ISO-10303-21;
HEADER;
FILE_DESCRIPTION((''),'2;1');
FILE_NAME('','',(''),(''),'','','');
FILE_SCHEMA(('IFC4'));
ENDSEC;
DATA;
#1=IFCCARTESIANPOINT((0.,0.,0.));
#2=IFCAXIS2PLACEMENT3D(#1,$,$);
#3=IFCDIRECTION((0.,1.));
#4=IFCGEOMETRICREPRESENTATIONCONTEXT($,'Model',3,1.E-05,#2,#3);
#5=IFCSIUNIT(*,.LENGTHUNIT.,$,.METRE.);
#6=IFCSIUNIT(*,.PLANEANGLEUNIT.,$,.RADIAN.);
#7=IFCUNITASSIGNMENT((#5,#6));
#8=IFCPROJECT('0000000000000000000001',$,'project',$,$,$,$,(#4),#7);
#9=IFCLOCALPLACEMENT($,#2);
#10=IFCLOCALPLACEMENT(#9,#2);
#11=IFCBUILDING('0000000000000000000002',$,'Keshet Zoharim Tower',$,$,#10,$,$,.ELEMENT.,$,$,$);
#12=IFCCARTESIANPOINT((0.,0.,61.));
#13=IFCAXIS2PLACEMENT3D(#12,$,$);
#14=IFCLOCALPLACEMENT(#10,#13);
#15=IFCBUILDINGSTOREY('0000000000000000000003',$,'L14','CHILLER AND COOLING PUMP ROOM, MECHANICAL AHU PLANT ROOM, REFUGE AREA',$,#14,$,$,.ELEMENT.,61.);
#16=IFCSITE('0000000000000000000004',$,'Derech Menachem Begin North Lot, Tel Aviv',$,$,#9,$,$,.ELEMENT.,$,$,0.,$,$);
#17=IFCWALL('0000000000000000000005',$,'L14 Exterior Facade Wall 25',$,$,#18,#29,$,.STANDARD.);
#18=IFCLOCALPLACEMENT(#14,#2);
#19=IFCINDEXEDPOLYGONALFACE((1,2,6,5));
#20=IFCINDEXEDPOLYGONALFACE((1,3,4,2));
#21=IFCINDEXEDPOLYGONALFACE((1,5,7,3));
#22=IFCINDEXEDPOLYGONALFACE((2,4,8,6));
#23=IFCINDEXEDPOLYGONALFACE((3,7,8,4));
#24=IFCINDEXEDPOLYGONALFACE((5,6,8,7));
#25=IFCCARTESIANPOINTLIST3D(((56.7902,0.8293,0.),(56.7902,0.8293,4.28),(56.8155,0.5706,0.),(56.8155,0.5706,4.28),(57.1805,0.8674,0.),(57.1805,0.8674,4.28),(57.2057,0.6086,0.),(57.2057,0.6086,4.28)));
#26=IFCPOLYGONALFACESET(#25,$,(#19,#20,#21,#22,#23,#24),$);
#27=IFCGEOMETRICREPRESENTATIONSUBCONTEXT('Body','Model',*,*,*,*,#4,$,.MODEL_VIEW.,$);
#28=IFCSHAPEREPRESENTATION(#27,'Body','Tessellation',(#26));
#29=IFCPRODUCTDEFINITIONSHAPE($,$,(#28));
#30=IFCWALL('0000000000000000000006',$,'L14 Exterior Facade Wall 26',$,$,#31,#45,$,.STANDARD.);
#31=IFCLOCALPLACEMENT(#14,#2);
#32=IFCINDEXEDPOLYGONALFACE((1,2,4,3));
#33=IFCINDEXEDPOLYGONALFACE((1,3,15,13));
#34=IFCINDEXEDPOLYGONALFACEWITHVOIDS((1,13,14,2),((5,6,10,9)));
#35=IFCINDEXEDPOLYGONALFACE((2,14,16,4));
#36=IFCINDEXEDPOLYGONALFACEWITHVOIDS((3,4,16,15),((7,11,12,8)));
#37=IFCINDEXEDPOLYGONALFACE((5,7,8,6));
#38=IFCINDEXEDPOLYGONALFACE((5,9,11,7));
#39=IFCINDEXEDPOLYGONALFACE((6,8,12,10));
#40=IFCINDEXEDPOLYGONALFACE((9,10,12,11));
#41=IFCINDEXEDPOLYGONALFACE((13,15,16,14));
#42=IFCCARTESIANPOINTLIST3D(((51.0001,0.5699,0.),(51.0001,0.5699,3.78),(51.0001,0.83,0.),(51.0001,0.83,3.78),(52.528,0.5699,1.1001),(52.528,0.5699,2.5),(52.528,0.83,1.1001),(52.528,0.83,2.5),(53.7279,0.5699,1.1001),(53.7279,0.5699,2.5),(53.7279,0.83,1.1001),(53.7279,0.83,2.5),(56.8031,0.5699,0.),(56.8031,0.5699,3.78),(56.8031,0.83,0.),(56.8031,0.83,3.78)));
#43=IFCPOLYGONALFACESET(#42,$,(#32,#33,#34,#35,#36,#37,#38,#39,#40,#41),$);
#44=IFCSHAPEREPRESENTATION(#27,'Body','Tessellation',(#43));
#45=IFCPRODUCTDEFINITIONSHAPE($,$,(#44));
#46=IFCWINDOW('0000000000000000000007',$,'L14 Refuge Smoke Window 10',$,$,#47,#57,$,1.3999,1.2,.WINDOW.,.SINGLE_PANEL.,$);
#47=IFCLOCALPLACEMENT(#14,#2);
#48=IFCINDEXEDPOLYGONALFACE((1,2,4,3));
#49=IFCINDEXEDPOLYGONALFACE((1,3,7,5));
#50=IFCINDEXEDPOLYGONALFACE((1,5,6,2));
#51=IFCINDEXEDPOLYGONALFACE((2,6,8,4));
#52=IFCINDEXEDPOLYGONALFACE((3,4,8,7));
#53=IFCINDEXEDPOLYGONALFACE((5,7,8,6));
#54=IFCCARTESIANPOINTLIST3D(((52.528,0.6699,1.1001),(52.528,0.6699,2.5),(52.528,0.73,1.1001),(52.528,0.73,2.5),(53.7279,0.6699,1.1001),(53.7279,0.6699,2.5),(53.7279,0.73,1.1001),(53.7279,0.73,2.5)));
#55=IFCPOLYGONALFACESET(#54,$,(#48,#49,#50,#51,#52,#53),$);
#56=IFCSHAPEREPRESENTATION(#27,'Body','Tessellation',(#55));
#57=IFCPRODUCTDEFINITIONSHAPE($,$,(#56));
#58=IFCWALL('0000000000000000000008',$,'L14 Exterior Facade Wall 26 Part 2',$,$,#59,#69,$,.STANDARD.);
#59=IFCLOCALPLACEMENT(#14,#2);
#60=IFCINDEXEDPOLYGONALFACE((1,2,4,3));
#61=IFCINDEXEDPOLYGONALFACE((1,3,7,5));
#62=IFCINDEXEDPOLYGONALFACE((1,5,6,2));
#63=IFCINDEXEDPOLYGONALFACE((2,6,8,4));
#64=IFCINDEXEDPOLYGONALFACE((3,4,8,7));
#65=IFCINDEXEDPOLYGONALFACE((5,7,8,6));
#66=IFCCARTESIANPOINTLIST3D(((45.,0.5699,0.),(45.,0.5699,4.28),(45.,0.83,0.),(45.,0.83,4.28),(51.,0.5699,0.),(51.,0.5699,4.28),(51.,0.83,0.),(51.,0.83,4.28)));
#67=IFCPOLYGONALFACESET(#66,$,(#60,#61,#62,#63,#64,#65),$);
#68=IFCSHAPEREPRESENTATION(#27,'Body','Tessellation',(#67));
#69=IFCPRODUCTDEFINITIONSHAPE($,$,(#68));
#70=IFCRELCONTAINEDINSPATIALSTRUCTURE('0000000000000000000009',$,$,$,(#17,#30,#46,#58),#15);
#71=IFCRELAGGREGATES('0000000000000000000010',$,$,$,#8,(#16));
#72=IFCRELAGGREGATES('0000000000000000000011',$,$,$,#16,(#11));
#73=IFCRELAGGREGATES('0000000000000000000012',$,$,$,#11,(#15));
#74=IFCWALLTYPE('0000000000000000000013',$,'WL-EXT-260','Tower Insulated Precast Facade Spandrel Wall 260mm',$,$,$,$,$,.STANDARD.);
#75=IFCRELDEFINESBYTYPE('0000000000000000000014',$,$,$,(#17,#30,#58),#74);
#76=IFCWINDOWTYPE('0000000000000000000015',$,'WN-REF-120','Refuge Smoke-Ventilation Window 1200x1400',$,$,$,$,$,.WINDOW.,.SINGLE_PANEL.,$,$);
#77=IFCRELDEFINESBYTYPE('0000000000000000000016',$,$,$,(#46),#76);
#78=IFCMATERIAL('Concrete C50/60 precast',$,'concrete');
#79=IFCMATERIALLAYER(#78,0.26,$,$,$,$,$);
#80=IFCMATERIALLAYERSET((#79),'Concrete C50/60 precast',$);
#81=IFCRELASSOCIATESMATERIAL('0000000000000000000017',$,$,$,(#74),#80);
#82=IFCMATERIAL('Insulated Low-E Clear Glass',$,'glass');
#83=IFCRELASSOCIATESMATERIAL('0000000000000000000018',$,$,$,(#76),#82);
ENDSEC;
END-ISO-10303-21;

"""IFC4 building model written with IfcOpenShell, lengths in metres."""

from ifc_helpers import new_model, si_unit, direction, frame, frame_2d, origin, place, context, subcontext, project, spatial, rectangle, extrude, material, layer, layer_set, type_object, element, fill, save


model = new_model("IFC4")

# Units and contexts
model_context = context("Model", 3, precision=1e-05, world=origin(), true_north=direction((0.0, 1.0)))
body_context = subcontext(model_context, "Body", "Model", "MODEL_VIEW")
ifc_project = project(units=[si_unit("LENGTHUNIT", "METRE"), si_unit("PLANEANGLEUNIT", "RADIAN")], contexts=[model_context])

# Site, building, storey
site_placement = place(None, origin())
site = spatial("IfcSite", under=ifc_project, at=site_placement, Name="Derech Menachem Begin North Lot, Tel Aviv", CompositionType="ELEMENT", RefElevation=0.0)
building_placement = place(site_placement, origin())
building = spatial("IfcBuilding", under=site, at=building_placement, Name="Keshet Zoharim Tower", CompositionType="ELEMENT")
storey_placement = place(building_placement, frame((0.0, 0.0, 61.0)))
storey = spatial("IfcBuildingStorey", under=building, at=storey_placement, Name="L14", Description="CHILLER AND COOLING PUMP ROOM, MECHANICAL AHU PLANT ROOM, REFUGE AREA", CompositionType="ELEMENT", Elevation=61.0)

# Wall
ifc_material_1 = material(Name="Concrete C50/60 precast", Category="concrete")
ifc_layer = layer(ifc_material_1, 0.26)
ifc_layer_set = layer_set([ifc_layer], Name="Concrete C50/60 precast")
wall_type = type_object("IfcWallType", Name="WL-EXT-260", Description="Tower Insulated Precast Facade Spandrel Wall 260mm", PredefinedType="STANDARD", material=ifc_layer_set)
wall_1_placement = place(storey_placement, frame((57.1931, 0.738, 0.0), z_axis=(0.0, 0.0, 1.0), x_axis=(-0.995269, -0.09716, 0.0)))
element("IfcWall", 1, at=wall_1_placement, inside=storey, type_object=wall_type, Name="L14 Exterior Facade Wall 25", PredefinedType="STANDARD", context=body_context, shape_type="SweptSolid", body=[
    extrude(rectangle(XDim=0.3921, YDim=0.26, at=frame_2d((0.196, 0.0))), origin(), (0.0, 0.0, 1.0), 4.28),
])

# Wall, opening, window
wall_2_placement = place(storey_placement, frame((56.803, 0.7, 0.0), z_axis=(0.0, 0.0, 1.0), x_axis=(-1.0, 0.0, 0.0)))
wall_2 = element("IfcWall", 2, at=wall_2_placement, inside=storey, type_object=wall_type, Name="L14 Exterior Facade Wall 26", PredefinedType="STANDARD", context=body_context, shape_type="SweptSolid", body=[
    extrude(rectangle(XDim=5.803, YDim=0.26, at=frame_2d((2.9014, 0.0))), origin(), (0.0, 0.0, 1.0), 3.78),
])
opening_placement = place(wall_2_placement, frame((3.075, 0.0, 1.1001)))
opening = element("IfcOpeningElement", 3, at=opening_placement, cuts=wall_2, PredefinedType="OPENING", context=body_context, shape_type="SweptSolid", body=[
    extrude(rectangle(XDim=1.2, YDim=1.3999, at=frame_2d((0.6001, 0.7))), frame((0.0, 0.1401, 0.0), z_axis=(0.0, -1.0, 0.0), x_axis=(1.0, 0.0, 0.0)), (0.0, 0.0, 1.0), 0.28),
])
ifc_material_2 = material(Name="Insulated Low-E Clear Glass", Category="glass")
window_type = type_object("IfcWindowType", Name="WN-REF-120", Description="Refuge Smoke-Ventilation Window 1200x1400", PartitioningType="SINGLE_PANEL", PredefinedType="WINDOW", material=ifc_material_2)
window_placement = place(opening_placement, origin())
window = element("IfcWindow", 4, at=window_placement, inside=storey, type_object=window_type, Name="L14 Refuge Smoke Window 10", OverallHeight=1.3999, OverallWidth=1.2, PartitioningType="SINGLE_PANEL", PredefinedType="WINDOW", context=body_context, shape_type="SweptSolid", body=[
    extrude(rectangle(XDim=1.2, YDim=1.3999, at=frame_2d((0.6001, 0.7))), frame((0.0, 0.03, 0.0), z_axis=(0.0, -1.0, 0.0), x_axis=(1.0, 0.0, 0.0)), (0.0, 0.0, 1.0), 0.0601),
])
fill(opening, window)

# Wall
wall_3_placement = place(storey_placement, frame((51.0, 0.7, 0.0), z_axis=(0.0, 0.0, 1.0), x_axis=(-1.0, 0.0, 0.0)))
element("IfcWall", 5, at=wall_3_placement, inside=storey, type_object=wall_type, Name="L14 Exterior Facade Wall 26 Part 2", PredefinedType="STANDARD", context=body_context, shape_type="SweptSolid", body=[
    extrude(rectangle(XDim=6.0, YDim=0.26, at=frame_2d((3.0, 0.0))), origin(), (0.0, 0.0, 1.0), 4.28),
])

save(model, "model.ifc")
